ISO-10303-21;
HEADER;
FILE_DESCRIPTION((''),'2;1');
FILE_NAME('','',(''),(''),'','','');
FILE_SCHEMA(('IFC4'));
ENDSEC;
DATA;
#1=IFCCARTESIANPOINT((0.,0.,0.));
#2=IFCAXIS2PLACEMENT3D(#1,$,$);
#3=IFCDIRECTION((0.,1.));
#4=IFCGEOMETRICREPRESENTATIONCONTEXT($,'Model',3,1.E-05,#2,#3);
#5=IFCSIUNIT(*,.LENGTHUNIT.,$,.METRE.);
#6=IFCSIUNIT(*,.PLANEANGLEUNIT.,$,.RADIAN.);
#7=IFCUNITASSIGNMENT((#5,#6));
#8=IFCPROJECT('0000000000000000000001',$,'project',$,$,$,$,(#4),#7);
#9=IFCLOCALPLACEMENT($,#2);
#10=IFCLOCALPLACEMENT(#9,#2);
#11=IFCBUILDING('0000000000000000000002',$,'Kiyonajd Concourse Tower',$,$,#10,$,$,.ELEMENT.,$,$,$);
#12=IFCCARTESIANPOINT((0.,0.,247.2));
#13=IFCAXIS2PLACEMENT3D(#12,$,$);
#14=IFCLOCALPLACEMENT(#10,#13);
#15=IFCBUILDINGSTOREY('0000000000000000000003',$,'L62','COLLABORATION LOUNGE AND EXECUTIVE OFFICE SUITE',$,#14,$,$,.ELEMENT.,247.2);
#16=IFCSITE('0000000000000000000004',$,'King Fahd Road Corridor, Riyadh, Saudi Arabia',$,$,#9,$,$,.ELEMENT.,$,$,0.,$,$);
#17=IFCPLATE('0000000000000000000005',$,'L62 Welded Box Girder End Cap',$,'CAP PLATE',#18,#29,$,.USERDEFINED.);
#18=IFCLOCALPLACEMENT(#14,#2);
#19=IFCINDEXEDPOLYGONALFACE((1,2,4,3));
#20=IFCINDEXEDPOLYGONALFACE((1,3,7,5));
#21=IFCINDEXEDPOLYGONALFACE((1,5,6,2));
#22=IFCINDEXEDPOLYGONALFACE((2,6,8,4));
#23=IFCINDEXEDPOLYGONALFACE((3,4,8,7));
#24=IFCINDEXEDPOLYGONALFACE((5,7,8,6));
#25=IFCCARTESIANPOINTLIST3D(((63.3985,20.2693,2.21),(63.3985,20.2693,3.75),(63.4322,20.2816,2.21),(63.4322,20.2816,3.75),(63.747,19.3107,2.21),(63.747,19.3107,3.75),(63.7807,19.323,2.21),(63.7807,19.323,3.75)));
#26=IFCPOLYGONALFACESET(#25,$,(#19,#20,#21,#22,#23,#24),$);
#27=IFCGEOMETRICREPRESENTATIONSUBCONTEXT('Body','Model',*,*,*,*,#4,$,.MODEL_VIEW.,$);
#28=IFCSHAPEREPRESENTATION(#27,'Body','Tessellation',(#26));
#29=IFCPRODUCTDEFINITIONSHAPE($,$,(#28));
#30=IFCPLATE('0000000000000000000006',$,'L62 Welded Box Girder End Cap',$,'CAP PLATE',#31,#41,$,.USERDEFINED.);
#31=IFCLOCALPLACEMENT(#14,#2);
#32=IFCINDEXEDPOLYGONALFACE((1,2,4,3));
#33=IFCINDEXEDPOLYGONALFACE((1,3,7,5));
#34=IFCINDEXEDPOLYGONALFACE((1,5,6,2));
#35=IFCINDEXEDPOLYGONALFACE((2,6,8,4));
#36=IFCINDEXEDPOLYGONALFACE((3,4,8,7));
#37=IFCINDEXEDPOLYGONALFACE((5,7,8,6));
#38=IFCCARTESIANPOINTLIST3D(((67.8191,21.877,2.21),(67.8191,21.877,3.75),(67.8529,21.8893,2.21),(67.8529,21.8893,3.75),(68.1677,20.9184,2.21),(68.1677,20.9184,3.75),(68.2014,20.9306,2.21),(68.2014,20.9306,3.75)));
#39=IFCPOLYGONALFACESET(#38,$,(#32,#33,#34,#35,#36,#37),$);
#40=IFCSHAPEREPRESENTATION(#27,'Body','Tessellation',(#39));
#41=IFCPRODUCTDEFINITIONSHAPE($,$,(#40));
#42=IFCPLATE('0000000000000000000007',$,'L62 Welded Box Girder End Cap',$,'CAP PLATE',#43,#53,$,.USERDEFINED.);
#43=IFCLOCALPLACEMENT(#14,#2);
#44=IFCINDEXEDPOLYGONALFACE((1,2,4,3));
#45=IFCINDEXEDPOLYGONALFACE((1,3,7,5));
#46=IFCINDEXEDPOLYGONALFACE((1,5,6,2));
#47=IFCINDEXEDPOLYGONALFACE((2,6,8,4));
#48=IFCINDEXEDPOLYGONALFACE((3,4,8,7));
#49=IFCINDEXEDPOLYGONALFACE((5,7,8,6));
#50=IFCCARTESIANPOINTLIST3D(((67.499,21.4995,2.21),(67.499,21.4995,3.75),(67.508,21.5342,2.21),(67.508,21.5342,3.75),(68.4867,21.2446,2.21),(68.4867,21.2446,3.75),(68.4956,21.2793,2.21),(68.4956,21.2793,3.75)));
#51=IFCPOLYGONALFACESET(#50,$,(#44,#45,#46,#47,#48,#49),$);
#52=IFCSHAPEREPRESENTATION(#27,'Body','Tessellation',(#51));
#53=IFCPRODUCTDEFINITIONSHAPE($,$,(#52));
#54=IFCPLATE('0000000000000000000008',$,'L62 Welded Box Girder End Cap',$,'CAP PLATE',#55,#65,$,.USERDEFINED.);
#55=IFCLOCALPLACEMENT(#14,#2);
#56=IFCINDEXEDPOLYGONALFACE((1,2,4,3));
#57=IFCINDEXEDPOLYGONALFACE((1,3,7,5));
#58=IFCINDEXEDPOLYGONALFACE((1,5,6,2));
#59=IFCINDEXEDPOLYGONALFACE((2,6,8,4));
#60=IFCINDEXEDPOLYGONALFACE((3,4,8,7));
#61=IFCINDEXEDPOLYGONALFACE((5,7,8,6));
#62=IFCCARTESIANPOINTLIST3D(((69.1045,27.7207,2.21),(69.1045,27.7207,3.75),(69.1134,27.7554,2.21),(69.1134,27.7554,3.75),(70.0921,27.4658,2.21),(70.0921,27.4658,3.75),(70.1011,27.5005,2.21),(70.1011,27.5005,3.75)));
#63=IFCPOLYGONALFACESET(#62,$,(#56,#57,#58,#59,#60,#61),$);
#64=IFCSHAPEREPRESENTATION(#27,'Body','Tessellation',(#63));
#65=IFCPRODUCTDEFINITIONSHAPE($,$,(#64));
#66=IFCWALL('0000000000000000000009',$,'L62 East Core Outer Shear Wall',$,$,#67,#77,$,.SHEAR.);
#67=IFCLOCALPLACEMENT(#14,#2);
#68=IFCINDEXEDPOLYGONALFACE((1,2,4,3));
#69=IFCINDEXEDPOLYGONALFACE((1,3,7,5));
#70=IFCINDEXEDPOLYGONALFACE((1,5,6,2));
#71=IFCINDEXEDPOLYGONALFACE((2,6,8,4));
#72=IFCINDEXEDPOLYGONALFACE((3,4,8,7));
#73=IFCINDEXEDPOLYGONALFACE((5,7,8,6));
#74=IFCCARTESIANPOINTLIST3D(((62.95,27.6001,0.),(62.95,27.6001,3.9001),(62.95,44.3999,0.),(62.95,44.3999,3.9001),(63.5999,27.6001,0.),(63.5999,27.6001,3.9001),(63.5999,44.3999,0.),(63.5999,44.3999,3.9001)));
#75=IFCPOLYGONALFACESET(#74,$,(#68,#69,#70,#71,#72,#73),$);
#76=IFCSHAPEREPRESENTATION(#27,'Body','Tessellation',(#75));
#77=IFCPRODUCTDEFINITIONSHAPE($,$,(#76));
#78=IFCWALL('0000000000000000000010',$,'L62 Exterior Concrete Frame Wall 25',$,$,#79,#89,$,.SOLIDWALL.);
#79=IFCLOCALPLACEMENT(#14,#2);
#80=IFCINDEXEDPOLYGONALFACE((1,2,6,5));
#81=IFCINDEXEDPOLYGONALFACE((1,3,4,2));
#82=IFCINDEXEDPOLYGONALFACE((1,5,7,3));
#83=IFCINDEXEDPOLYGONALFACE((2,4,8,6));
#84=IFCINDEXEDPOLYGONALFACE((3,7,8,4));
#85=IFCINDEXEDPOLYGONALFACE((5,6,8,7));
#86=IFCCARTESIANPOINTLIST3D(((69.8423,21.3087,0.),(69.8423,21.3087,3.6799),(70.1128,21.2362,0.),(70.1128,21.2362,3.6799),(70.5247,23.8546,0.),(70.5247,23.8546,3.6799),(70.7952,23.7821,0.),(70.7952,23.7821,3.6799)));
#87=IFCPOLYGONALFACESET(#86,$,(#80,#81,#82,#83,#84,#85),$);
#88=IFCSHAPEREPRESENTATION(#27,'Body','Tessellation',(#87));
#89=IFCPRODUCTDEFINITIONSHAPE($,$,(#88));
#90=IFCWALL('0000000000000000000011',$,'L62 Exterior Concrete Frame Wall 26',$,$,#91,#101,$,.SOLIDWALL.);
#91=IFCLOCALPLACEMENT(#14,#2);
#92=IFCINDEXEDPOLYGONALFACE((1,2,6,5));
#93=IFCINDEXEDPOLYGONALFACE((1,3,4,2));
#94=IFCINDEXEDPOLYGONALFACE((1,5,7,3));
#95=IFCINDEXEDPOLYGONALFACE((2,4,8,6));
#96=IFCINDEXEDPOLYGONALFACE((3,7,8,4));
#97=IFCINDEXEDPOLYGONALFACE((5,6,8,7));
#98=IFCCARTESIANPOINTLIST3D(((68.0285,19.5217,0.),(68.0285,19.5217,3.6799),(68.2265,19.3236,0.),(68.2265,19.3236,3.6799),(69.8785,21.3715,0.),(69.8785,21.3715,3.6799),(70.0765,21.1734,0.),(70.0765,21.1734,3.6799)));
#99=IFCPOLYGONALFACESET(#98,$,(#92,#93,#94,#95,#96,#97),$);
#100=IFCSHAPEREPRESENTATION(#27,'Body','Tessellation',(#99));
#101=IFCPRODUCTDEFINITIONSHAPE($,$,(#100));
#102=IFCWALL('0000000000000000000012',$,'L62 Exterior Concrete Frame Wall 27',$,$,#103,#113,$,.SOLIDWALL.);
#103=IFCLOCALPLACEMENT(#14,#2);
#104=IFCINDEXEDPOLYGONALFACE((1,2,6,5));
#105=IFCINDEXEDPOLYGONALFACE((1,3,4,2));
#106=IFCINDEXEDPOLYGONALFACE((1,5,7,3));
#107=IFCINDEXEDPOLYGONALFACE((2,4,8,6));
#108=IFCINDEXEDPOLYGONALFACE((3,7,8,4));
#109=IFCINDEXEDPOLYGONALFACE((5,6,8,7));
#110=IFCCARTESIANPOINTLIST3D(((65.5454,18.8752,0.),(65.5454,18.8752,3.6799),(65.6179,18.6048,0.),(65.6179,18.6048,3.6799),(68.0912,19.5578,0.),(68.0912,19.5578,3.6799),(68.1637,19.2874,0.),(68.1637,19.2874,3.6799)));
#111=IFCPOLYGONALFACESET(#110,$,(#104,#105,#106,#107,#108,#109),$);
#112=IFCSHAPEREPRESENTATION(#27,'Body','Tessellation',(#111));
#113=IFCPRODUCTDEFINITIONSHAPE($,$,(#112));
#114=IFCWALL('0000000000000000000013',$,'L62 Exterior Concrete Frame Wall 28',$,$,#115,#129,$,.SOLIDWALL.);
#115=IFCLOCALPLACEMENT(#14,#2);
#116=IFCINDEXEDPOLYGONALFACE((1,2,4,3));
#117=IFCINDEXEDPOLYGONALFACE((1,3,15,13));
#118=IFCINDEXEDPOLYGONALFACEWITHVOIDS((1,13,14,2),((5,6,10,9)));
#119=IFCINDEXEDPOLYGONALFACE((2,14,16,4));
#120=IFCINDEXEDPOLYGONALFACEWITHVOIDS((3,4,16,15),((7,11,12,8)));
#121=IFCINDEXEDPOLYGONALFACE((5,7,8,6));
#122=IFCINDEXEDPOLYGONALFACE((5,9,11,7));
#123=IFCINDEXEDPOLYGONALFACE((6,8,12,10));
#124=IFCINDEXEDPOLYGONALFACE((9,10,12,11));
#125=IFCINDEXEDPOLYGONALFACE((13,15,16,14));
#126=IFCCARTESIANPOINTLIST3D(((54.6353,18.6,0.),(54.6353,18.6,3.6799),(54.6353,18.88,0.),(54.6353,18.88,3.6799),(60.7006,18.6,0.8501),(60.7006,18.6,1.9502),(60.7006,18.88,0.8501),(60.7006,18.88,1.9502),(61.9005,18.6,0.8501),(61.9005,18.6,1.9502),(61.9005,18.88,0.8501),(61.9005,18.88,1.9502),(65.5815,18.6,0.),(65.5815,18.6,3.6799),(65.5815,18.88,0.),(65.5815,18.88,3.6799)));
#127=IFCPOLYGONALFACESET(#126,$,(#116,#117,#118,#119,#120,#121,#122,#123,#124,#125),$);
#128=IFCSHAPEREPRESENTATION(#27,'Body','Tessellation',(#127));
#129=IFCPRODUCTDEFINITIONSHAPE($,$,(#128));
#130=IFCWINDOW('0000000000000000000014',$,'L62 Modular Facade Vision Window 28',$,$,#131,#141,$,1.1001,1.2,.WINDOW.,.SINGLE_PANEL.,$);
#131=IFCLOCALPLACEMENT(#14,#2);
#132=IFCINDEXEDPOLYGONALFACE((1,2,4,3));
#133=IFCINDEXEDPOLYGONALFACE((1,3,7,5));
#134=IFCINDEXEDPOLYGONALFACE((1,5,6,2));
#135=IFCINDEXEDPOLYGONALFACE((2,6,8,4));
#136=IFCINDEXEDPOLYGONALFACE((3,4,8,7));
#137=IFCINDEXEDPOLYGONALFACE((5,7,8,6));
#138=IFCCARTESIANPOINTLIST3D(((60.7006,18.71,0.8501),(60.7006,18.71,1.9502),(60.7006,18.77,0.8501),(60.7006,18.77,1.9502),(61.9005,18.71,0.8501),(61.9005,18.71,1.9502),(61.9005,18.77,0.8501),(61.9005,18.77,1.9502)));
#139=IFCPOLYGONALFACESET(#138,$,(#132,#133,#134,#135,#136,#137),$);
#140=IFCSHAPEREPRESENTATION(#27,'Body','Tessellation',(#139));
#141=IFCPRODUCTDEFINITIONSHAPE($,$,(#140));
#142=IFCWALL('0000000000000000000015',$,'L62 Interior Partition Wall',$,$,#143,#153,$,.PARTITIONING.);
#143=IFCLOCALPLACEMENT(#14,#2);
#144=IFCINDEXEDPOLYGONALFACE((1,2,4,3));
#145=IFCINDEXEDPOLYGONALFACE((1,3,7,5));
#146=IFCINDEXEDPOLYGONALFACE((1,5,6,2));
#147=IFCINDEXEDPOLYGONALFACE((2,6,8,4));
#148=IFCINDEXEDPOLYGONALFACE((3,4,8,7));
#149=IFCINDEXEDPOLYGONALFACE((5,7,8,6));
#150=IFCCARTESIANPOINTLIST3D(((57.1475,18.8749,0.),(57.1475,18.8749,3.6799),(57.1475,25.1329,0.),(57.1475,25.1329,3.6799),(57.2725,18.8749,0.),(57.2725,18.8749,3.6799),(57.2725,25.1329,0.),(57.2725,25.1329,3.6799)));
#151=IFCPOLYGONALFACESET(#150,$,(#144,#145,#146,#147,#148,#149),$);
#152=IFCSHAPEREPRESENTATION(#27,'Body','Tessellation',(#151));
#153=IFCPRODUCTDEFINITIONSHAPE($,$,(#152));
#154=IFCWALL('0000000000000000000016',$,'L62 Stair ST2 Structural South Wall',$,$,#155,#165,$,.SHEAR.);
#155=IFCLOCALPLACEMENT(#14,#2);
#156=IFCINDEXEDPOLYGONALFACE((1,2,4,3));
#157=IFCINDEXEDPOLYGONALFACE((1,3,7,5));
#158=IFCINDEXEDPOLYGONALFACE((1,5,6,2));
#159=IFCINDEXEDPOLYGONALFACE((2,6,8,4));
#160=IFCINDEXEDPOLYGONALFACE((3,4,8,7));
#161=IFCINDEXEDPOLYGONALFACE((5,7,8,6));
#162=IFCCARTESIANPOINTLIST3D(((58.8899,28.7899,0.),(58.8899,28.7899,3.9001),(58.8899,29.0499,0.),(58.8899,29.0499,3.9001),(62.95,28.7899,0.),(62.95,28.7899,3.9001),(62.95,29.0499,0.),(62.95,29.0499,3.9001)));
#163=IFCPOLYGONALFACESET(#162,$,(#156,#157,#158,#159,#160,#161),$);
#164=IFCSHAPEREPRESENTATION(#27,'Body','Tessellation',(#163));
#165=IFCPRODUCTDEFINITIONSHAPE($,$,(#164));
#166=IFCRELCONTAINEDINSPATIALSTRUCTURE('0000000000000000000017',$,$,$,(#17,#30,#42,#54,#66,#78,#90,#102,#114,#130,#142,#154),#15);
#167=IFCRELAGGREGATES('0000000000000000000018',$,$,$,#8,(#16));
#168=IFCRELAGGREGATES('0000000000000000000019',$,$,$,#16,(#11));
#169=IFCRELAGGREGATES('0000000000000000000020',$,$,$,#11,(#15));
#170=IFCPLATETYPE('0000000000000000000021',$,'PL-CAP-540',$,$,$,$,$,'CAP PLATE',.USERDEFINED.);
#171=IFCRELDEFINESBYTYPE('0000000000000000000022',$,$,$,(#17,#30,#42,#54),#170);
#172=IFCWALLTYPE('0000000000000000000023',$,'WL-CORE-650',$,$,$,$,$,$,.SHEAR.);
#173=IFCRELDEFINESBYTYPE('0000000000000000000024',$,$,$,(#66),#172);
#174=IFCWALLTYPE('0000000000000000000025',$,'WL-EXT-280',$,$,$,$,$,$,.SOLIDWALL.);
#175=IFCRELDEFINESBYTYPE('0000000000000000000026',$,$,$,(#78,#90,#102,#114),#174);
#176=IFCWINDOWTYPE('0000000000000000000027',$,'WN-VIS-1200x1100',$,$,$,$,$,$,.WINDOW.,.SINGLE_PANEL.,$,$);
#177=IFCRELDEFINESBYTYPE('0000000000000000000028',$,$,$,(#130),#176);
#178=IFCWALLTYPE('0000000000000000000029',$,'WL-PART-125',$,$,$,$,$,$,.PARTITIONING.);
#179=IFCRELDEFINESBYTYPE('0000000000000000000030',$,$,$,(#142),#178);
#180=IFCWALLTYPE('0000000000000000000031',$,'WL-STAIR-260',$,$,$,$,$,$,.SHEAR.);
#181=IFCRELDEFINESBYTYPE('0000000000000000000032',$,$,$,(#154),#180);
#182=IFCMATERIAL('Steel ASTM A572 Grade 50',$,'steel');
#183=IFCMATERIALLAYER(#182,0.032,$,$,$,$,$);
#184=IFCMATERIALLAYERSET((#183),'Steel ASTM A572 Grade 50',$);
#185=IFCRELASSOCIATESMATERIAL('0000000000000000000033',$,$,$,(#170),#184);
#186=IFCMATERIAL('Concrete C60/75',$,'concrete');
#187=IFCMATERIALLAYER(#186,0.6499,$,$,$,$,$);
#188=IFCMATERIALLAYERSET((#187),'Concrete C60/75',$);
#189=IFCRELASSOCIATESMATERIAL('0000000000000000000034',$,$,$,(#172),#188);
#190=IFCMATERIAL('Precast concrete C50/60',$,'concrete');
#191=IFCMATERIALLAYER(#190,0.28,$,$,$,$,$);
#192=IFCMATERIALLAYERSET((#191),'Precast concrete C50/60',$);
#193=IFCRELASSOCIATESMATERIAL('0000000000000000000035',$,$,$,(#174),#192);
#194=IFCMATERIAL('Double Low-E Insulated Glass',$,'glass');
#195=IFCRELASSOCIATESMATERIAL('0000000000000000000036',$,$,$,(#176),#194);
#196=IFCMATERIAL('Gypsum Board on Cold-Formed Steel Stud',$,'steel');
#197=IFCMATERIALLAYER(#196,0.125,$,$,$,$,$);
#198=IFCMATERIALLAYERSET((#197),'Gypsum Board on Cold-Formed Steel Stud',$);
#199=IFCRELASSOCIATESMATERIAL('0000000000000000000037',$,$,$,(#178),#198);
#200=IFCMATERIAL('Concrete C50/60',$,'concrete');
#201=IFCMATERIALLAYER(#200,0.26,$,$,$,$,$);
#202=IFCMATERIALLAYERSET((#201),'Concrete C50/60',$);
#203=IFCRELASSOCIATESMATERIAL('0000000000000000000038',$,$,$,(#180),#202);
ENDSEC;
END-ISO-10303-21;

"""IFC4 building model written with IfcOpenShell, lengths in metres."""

from ifc_helpers import new_model, si_unit, direction, frame, frame_2d, origin, origin_2d, place, context, subcontext, project, spatial, rectangle, extrude, material, layer, layer_set, type_object, element, fill, save


model = new_model("IFC4")

# Units and contexts
model_context = context("Model", 3, precision=1e-05, world=origin(), true_north=direction((0.0, 1.0)))
body_context = subcontext(model_context, "Body", "Model", "MODEL_VIEW")
ifc_project = project(units=[si_unit("LENGTHUNIT", "METRE"), si_unit("PLANEANGLEUNIT", "RADIAN")], contexts=[model_context])

# Site, building, storey
site_placement = place(None, origin())
site = spatial("IfcSite", under=ifc_project, at=site_placement, Name="King Fahd Road Corridor, Riyadh, Saudi Arabia", CompositionType="ELEMENT", RefElevation=0.0)
building_placement = place(site_placement, origin())
building = spatial("IfcBuilding", under=site, at=building_placement, Name="Kiyonajd Concourse Tower", CompositionType="ELEMENT")
storey_placement = place(building_placement, frame((0.0, 0.0, 247.2)))
storey = spatial("IfcBuildingStorey", under=building, at=storey_placement, Name="L62", Description="COLLABORATION LOUNGE AND EXECUTIVE OFFICE SUITE", CompositionType="ELEMENT", Elevation=247.2)

# Shared definitions
ifc_material_1 = material(Name="Concrete C60/75", Category="concrete")

# Shared definitions
ifc_material_2 = material(Name="Steel ASTM A572 Grade 50", Category="steel")

# Plates
ifc_layer_1 = layer(ifc_material_2, 0.032)
ifc_layer_set_1 = layer_set([ifc_layer_1], Name="Steel ASTM A572 Grade 50")
plate_type = type_object("IfcPlateType", Name="PL-CAP-540", ElementType="CAP PLATE", PredefinedType="USERDEFINED", material=ifc_layer_set_1)
for number, where, z_axis, x_axis, name in (
    (1, (63.5896, 19.7961, 2.21), (0.0, 0.0, 1.0), (-0.939812, -0.341692, 0.0), "L62 Welded Box Girder End Cap"),
    (2, (68.0103, 21.4038, 2.21), (0.0, 0.0, 1.0), (0.939812, 0.341692, 0.0), "L62 Welded Box Girder End Cap"),
    (3, (67.9973, 21.3894, 2.21), (0.0, 0.0, 1.0), (-0.249873, -0.968279, 0.0), "L62 Welded Box Girder End Cap"),
    (4, (69.6028, 27.6106, 2.21), (0.0, 0.0, 1.0), (0.249873, 0.968279, 0.0), "L62 Welded Box Girder End Cap"),
):
    element("IfcPlate", number, at=place(storey_placement, frame(where, z_axis=z_axis, x_axis=x_axis)), inside=storey, type_object=plate_type, Name=name, ObjectType="CAP PLATE", PredefinedType="USERDEFINED", context=body_context, shape_type="SweptSolid", body=[
        extrude(rectangle(XDim=0.0359, YDim=1.02, at=origin_2d()), origin(), (0.0, 0.0, 1.0), 1.54),
    ])

# Walls
ifc_layer_2 = layer(ifc_material_1, 0.6499)
ifc_layer_set_2 = layer_set([ifc_layer_2], Name="Concrete C60/75")
wall_type_1 = type_object("IfcWallType", Name="WL-CORE-650", PredefinedType="SHEAR", material=ifc_layer_set_2)
wall_1_placement = place(storey_placement, frame((63.2749, 27.6001, 0.0), z_axis=(0.0, 0.0, 1.0), x_axis=(0.0, 1.0, 0.0)))
element("IfcWall", 5, at=wall_1_placement, inside=storey, type_object=wall_type_1, Name="L62 East Core Outer Shear Wall", PredefinedType="SHEAR", context=body_context, shape_type="SweptSolid", body=[
    extrude(rectangle(XDim=16.7998, YDim=0.6499, at=frame_2d((8.3999, 0.0))), origin(), (0.0, 0.0, 1.0), 3.9001),
])
ifc_material_3 = material(Name="Precast concrete C50/60", Category="concrete")
ifc_layer_3 = layer(ifc_material_3, 0.28)
ifc_layer_set_3 = layer_set([ifc_layer_3], Name="Precast concrete C50/60")
wall_type_2 = type_object("IfcWallType", Name="WL-EXT-280", PredefinedType="SOLIDWALL", material=ifc_layer_set_3)
wall_2_placement = place(storey_placement, frame((70.6599, 23.8184, 0.0), z_axis=(0.0, 0.0, 1.0), x_axis=(-0.25889, -0.965907, 0.0)))
element("IfcWall", 6, at=wall_2_placement, inside=storey, type_object=wall_type_2, Name="L62 Exterior Concrete Frame Wall 25", PredefinedType="SOLIDWALL", context=body_context, shape_type="SweptSolid", body=[
    extrude(rectangle(XDim=2.6357, YDim=0.28, at=frame_2d((1.3179, 0.0))), origin(), (0.0, 0.0, 1.0), 3.6799),
])
wall_3_placement = place(storey_placement, frame((69.9775, 21.2725, 0.0), z_axis=(0.0, 0.0, 1.0), x_axis=(-0.707153, -0.70706, 0.0)))
element("IfcWall", 7, at=wall_3_placement, inside=storey, type_object=wall_type_2, Name="L62 Exterior Concrete Frame Wall 26", PredefinedType="SOLIDWALL", context=body_context, shape_type="SweptSolid", body=[
    extrude(rectangle(XDim=2.6162, YDim=0.28, at=frame_2d((1.3081, 0.0))), origin(), (0.0, 0.0, 1.0), 3.6799),
])
wall_4_placement = place(storey_placement, frame((68.1274, 19.4226, 0.0), z_axis=(0.0, 0.0, 1.0), x_axis=(-0.965884, -0.258977, 0.0)))
element("IfcWall", 8, at=wall_4_placement, inside=storey, type_object=wall_type_2, Name="L62 Exterior Concrete Frame Wall 27", PredefinedType="SOLIDWALL", context=body_context, shape_type="SweptSolid", body=[
    extrude(rectangle(XDim=2.6357, YDim=0.28, at=frame_2d((1.3179, 0.0))), origin(), (0.0, 0.0, 1.0), 3.6799),
])

# Wall, opening, window
wall_5_placement = place(storey_placement, frame((65.5815, 18.74, 0.0), z_axis=(0.0, 0.0, 1.0), x_axis=(-1.0, 0.0, 0.0)))
wall_5 = element("IfcWall", 9, at=wall_5_placement, inside=storey, type_object=wall_type_2, Name="L62 Exterior Concrete Frame Wall 28", PredefinedType="SOLIDWALL", context=body_context, shape_type="SweptSolid", body=[
    extrude(rectangle(XDim=10.9463, YDim=0.28, at=frame_2d((5.4731, 0.0))), origin(), (0.0, 0.0, 1.0), 3.6799),
])
opening_1_placement = place(wall_5_placement, frame((3.6809, 0.0, 0.8501)))
opening_1 = element("IfcOpeningElement", 10, at=opening_1_placement, cuts=wall_5, PredefinedType="OPENING", context=body_context, shape_type="SweptSolid", body=[
    extrude(rectangle(XDim=1.2, YDim=1.1001, at=frame_2d((0.6001, 0.55))), frame((0.0, 0.1499, 0.0), z_axis=(0.0, -1.0, 0.0), x_axis=(1.0, 0.0, 0.0)), (0.0, 0.0, 1.0), 0.3),
])
ifc_material_4 = material(Name="Double Low-E Insulated Glass", Category="glass")
window_type = type_object("IfcWindowType", Name="WN-VIS-1200x1100", PartitioningType="SINGLE_PANEL", PredefinedType="WINDOW", material=ifc_material_4)
window_placement = place(opening_1_placement, origin())
window = element("IfcWindow", 11, at=window_placement, inside=storey, type_object=window_type, Name="L62 Modular Facade Vision Window 28", OverallHeight=1.1001, OverallWidth=1.2, PartitioningType="SINGLE_PANEL", PredefinedType="WINDOW", context=body_context, shape_type="SweptSolid", body=[
    extrude(rectangle(XDim=1.2, YDim=1.1001, at=frame_2d((0.6001, 0.55))), frame((0.0, 0.03, 0.0), z_axis=(0.0, -1.0, 0.0), x_axis=(1.0, 0.0, 0.0)), (0.0, 0.0, 1.0), 0.0601),
])
fill(opening_1, window)

# Walls
ifc_material_5 = material(Name="Gypsum Board on Cold-Formed Steel Stud", Category="steel")
ifc_layer_4 = layer(ifc_material_5, 0.125)
ifc_layer_set_4 = layer_set([ifc_layer_4], Name="Gypsum Board on Cold-Formed Steel Stud")
wall_type_3 = type_object("IfcWallType", Name="WL-PART-125", PredefinedType="PARTITIONING", material=ifc_layer_set_4)
wall_6_placement = place(storey_placement, frame((57.21, 18.875, 0.0), z_axis=(0.0, 0.0, 1.0), x_axis=(0.0, 1.0, 0.0)))
element("IfcWall", 12, at=wall_6_placement, inside=storey, type_object=wall_type_3, Name="L62 Interior Partition Wall", PredefinedType="PARTITIONING", context=body_context, shape_type="SweptSolid", body=[
    extrude(rectangle(XDim=6.2581, YDim=0.125, at=frame_2d((3.1289, 0.0))), origin(), (0.0, 0.0, 1.0), 3.6799),
])
ifc_material_6 = material(Name="Concrete C50/60", Category="concrete")
ifc_layer_5 = layer(ifc_material_6, 0.26)
ifc_layer_set_5 = layer_set([ifc_layer_5], Name="Concrete C50/60")
wall_type_4 = type_object("IfcWallType", Name="WL-STAIR-260", PredefinedType="SHEAR", material=ifc_layer_set_5)
wall_7_placement = place(storey_placement, frame((58.8899, 28.9199, 0.0), z_axis=(0.0, 0.0, 1.0), x_axis=(1.0, 0.0, 0.0)))
element("IfcWall", 13, at=wall_7_placement, inside=storey, type_object=wall_type_4, Name="L62 Stair ST2 Structural South Wall", PredefinedType="SHEAR", context=body_context, shape_type="SweptSolid", body=[
    extrude(rectangle(XDim=4.0601, YDim=0.26, at=frame_2d((2.03, 0.0))), origin(), (0.0, 0.0, 1.0), 3.9001),
])

save(model, "model.ifc")
